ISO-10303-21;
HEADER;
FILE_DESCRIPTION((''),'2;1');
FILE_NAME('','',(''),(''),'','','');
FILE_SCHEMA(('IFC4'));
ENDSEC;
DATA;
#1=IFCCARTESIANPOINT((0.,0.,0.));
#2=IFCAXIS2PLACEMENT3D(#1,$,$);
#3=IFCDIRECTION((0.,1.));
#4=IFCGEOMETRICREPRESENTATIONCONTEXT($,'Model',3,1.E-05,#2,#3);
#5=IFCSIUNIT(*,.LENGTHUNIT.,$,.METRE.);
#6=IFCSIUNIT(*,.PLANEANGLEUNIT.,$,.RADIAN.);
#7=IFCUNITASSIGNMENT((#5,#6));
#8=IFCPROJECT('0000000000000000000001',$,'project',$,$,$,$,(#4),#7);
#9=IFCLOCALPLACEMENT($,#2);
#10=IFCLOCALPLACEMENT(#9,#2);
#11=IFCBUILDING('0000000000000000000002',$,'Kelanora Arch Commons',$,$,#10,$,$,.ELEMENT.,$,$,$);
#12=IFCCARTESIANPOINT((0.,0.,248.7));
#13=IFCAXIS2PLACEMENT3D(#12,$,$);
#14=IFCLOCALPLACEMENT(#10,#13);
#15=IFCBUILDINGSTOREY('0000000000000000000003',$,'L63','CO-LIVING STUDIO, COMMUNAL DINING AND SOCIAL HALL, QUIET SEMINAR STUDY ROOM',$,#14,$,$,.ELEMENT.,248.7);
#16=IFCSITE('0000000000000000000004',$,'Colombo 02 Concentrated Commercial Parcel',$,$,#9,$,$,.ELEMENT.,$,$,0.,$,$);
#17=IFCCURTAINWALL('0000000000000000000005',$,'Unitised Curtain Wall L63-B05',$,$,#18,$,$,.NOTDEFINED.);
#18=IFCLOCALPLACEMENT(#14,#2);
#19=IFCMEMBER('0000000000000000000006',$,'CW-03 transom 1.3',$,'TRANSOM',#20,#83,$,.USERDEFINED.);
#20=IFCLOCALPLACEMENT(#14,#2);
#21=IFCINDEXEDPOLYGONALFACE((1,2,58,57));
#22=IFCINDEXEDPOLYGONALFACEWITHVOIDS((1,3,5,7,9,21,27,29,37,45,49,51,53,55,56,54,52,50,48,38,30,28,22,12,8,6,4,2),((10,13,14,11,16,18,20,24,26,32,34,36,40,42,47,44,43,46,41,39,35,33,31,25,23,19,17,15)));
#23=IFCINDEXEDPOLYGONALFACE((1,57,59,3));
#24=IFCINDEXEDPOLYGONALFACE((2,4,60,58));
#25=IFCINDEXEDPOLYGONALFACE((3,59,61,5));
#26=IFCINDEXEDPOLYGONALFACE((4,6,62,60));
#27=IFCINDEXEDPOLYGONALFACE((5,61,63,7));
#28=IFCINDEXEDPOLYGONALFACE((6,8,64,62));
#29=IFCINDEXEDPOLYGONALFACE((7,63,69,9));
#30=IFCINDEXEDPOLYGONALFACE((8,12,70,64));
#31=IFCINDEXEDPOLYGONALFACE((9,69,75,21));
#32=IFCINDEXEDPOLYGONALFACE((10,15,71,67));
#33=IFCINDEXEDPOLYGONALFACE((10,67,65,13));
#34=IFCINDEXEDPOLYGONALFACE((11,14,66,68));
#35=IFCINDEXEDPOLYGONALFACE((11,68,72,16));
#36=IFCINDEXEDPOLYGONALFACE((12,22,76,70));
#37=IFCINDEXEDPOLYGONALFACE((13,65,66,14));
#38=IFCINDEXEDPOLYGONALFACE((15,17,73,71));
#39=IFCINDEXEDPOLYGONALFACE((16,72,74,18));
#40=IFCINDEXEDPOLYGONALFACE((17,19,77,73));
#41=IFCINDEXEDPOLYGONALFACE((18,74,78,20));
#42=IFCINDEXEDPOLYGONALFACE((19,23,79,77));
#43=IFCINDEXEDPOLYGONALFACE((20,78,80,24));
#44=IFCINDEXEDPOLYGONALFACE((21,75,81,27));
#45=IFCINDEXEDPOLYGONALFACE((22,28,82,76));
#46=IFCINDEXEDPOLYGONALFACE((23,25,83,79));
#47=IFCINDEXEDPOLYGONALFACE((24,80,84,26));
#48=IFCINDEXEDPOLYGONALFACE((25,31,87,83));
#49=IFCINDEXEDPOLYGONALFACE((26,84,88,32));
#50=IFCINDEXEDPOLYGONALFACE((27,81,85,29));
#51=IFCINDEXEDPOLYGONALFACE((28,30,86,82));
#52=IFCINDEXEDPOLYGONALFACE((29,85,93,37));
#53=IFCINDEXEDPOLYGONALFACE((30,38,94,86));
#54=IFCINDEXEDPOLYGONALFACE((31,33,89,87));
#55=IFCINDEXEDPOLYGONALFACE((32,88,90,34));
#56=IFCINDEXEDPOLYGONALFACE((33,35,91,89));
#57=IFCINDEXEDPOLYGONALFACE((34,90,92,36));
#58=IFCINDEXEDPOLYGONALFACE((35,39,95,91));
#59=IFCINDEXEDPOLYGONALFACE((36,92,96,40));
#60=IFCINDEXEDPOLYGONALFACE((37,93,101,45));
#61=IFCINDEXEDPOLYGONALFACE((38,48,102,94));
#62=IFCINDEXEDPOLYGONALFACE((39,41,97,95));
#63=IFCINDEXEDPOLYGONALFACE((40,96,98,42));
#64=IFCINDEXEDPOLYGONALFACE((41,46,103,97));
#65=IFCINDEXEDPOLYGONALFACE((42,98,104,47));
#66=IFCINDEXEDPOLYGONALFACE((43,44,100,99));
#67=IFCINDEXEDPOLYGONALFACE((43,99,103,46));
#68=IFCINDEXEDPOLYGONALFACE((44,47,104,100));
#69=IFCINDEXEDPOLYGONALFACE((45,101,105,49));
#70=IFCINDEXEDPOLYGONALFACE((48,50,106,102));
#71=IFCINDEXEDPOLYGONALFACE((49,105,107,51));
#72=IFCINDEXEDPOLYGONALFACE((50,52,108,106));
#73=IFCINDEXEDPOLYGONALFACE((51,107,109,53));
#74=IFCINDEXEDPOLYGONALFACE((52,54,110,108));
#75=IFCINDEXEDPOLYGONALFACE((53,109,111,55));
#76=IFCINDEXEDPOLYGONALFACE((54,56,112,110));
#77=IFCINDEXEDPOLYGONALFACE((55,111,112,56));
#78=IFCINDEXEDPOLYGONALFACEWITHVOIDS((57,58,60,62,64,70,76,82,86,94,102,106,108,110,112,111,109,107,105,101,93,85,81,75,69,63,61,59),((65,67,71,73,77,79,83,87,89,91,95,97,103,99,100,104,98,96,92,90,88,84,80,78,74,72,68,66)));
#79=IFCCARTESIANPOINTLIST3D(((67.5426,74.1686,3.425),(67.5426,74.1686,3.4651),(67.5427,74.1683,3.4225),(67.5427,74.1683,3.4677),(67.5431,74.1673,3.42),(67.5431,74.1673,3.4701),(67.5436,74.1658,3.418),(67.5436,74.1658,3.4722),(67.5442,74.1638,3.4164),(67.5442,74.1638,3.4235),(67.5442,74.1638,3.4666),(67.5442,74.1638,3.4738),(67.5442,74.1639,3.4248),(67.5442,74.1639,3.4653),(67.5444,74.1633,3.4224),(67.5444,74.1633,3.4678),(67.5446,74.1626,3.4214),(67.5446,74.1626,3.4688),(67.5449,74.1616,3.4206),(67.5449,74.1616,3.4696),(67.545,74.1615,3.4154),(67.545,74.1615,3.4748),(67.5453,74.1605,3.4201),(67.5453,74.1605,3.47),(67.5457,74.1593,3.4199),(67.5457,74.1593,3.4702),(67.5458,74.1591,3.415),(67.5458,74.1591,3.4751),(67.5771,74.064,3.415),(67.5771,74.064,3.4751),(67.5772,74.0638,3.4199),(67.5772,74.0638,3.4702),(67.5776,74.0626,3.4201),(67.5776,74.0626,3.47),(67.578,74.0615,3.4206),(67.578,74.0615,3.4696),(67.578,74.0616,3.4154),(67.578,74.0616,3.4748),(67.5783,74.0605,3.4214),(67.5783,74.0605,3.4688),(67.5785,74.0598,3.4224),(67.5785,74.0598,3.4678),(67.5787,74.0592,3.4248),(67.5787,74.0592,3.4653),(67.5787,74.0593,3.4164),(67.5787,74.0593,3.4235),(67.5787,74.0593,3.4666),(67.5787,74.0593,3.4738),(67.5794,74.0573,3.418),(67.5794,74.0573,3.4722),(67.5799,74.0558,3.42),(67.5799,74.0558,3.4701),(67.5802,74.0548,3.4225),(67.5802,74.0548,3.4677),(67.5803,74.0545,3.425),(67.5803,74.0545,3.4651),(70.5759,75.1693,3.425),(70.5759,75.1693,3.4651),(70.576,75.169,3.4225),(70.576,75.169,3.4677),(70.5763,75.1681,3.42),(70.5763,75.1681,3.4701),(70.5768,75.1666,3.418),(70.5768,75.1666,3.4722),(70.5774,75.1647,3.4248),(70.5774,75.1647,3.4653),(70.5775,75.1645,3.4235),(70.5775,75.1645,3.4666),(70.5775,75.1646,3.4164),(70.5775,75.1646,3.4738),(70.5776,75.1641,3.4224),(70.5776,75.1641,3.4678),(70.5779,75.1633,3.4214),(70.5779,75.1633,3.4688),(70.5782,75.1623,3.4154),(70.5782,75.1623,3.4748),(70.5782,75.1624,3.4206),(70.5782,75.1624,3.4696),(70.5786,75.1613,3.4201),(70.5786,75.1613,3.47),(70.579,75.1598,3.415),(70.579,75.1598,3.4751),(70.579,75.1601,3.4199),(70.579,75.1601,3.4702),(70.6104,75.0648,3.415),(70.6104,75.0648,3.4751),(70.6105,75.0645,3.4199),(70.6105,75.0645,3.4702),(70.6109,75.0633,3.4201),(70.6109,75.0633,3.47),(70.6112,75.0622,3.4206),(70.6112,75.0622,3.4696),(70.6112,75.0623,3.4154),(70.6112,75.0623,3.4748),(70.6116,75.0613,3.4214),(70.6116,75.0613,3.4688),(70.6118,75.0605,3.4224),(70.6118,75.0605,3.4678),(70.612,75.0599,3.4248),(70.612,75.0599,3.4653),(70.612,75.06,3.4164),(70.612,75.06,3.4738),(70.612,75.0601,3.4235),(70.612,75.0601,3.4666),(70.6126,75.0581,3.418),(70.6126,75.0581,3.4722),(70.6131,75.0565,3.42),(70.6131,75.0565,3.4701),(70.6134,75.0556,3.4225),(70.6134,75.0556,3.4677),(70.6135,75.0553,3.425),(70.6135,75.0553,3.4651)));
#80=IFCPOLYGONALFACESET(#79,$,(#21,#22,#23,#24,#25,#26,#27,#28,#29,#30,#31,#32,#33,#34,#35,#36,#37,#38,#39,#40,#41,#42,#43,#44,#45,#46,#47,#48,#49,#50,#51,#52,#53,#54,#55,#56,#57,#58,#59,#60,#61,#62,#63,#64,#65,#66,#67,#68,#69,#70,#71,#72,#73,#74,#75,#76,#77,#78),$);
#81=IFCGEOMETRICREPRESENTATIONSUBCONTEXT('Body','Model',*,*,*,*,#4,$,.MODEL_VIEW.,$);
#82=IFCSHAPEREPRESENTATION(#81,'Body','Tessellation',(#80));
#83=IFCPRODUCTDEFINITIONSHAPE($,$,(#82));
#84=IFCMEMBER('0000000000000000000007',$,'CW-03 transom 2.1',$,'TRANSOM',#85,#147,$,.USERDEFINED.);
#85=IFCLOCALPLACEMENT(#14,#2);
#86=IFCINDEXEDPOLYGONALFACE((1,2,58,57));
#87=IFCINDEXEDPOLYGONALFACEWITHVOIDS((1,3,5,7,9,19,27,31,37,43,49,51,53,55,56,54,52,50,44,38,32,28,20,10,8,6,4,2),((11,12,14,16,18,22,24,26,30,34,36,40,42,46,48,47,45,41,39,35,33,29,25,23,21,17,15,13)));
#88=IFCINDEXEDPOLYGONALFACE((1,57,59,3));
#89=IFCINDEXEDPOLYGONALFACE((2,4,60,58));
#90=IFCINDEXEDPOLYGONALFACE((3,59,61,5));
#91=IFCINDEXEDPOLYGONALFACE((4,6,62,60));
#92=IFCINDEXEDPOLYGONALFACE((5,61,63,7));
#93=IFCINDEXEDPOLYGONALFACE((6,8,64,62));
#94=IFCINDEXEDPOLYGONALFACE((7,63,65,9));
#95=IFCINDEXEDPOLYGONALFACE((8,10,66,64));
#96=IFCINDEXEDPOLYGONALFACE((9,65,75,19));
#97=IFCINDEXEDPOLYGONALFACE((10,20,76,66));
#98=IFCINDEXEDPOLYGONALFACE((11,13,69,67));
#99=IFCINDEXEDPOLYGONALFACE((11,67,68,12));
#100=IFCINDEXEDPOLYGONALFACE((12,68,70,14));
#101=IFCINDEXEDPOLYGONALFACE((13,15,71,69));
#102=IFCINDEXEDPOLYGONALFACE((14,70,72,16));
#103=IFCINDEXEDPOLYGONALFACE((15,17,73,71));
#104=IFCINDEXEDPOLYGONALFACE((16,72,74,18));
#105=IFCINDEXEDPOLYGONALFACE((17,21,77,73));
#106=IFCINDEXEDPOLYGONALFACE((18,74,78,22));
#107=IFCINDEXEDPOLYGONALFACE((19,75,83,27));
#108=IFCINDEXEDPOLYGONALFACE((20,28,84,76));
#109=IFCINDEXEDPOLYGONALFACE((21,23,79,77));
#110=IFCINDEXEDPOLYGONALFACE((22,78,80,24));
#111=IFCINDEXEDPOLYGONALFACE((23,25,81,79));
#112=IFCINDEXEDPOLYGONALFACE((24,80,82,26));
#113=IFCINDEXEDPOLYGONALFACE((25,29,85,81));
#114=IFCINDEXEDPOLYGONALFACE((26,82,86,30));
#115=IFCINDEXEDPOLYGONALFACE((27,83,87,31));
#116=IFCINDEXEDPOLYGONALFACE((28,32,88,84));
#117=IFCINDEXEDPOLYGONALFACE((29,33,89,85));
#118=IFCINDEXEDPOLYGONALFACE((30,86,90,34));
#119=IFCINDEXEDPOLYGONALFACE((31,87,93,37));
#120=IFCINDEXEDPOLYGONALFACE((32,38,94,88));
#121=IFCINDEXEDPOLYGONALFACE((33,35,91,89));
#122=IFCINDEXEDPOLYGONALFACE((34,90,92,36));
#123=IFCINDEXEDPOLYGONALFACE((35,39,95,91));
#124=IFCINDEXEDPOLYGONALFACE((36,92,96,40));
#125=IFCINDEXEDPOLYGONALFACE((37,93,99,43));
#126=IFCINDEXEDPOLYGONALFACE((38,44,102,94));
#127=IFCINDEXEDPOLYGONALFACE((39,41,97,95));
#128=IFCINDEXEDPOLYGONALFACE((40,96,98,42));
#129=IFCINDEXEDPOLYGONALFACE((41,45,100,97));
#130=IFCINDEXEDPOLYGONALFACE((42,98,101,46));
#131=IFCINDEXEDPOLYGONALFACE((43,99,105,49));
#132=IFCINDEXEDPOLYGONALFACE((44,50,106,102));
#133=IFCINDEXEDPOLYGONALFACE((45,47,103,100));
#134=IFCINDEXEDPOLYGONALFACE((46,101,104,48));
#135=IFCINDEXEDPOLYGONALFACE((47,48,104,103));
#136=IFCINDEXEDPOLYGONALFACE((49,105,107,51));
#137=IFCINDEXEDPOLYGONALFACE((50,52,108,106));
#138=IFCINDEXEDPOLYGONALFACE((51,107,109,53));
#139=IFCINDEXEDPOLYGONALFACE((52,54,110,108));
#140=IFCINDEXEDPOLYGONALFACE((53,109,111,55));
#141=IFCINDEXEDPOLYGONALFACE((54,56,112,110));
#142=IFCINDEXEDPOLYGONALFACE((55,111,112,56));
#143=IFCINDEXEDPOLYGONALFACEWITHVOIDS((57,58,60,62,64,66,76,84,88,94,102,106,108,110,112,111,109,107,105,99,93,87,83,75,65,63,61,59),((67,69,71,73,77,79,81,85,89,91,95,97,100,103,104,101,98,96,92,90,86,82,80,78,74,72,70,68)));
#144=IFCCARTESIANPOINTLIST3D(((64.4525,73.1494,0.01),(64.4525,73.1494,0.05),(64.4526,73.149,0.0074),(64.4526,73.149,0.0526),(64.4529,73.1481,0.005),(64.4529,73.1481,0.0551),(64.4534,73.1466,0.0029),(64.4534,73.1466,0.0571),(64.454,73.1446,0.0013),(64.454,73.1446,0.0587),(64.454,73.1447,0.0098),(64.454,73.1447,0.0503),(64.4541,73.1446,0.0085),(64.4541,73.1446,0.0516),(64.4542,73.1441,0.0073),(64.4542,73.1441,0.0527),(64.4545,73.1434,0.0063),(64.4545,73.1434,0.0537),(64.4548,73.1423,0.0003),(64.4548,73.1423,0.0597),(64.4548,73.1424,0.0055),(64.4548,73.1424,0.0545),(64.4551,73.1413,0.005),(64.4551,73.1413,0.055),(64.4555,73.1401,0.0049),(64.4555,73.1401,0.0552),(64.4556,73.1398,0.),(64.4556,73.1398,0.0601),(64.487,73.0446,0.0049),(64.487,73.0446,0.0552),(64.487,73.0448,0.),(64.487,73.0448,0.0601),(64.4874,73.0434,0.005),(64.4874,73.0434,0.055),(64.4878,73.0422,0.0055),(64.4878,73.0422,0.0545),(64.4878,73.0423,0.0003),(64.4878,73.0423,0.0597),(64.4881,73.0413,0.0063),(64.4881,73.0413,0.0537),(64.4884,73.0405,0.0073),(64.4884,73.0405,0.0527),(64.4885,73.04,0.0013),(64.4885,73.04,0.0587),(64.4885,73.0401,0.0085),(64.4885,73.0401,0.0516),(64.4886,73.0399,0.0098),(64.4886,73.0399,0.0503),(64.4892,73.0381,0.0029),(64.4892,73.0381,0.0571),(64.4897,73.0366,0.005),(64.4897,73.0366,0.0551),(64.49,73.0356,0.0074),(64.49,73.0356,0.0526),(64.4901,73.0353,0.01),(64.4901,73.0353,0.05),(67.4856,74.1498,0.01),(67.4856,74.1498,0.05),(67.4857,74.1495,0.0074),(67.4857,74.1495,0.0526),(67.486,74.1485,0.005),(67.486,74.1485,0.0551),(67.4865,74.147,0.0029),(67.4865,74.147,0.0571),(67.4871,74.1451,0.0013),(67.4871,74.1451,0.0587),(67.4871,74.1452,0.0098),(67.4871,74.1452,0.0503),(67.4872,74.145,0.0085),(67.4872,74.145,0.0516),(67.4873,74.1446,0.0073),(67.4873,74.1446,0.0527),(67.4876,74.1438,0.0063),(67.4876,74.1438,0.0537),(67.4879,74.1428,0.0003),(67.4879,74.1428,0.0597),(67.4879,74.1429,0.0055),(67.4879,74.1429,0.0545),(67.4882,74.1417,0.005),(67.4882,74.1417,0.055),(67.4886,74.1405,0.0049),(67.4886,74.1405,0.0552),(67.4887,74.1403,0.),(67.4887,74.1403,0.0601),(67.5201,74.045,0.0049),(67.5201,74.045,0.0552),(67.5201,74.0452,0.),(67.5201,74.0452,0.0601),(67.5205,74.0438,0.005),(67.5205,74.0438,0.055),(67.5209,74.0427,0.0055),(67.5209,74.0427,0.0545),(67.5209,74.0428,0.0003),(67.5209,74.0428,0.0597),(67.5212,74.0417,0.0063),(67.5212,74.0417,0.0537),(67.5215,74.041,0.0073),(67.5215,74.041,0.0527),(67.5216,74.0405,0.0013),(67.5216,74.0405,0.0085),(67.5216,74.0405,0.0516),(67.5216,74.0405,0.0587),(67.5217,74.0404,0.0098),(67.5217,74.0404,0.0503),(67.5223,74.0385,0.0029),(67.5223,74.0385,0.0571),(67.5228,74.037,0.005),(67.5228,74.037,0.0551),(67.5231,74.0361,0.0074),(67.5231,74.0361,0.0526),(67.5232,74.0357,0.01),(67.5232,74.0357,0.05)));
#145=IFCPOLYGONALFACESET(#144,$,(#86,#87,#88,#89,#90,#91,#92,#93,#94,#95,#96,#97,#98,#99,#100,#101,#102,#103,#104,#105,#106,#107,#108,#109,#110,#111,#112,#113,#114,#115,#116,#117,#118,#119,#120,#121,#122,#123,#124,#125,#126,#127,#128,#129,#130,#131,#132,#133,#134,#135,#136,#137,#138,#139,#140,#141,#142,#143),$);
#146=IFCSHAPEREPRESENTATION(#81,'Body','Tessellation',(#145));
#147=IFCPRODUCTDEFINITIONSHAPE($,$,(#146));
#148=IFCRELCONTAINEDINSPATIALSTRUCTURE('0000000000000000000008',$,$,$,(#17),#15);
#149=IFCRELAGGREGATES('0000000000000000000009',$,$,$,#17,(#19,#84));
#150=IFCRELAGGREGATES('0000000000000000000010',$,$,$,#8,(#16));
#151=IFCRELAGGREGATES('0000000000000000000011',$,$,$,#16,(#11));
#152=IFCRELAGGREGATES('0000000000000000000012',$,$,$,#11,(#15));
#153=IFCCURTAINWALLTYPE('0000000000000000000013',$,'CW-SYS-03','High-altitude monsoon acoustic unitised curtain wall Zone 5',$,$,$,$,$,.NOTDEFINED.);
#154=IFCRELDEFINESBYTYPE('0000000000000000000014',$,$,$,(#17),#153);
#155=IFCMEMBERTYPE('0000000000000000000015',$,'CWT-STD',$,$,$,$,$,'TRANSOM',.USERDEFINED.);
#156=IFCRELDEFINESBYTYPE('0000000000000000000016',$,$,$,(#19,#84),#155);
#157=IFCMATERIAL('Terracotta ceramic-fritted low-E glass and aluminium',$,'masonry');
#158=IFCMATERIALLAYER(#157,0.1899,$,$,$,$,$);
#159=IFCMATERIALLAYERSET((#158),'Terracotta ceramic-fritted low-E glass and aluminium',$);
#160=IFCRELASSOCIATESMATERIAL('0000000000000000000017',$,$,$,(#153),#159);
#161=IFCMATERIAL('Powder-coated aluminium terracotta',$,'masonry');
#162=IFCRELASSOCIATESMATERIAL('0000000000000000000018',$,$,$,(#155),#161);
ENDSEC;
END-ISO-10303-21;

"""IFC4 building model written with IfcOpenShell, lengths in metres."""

from ifc_helpers import new_model, si_unit, direction, frame, origin, origin_2d, place, context, subcontext, project, spatial, hollow_rectangle, extrude, material, layer, layer_set, material_profile, profile_set, type_object, element, aggregate, save


model = new_model("IFC4")

# Units and contexts
model_context = context("Model", 3, precision=1e-05, world=origin(), true_north=direction((0.0, 1.0)))
body_context = subcontext(model_context, "Body", "Model", "MODEL_VIEW")
ifc_project = project(units=[si_unit("LENGTHUNIT", "METRE"), si_unit("PLANEANGLEUNIT", "RADIAN")], contexts=[model_context])

# Site, building, storey
site_placement = place(None, origin())
site = spatial("IfcSite", under=ifc_project, at=site_placement, Name="Colombo 02 Concentrated Commercial Parcel", CompositionType="ELEMENT", RefElevation=0.0)
building_placement = place(site_placement, origin())
building = spatial("IfcBuilding", under=site, at=building_placement, Name="Kelanora Arch Commons", CompositionType="ELEMENT")
storey_placement = place(building_placement, frame((0.0, 0.0, 248.7)))
storey = spatial("IfcBuildingStorey", under=building, at=storey_placement, Name="L63", Description="CO-LIVING STUDIO, COMMUNAL DINING AND SOCIAL HALL, QUIET SEMINAR STUDY ROOM", CompositionType="ELEMENT", Elevation=248.7)

# Curtain wall, members
ifc_material_1 = material(Name="Terracotta ceramic-fritted low-E glass and aluminium", Category="masonry")
ifc_layer_1 = layer(ifc_material_1, 0.1899)
ifc_layer_set_1 = layer_set([ifc_layer_1], Name="Terracotta ceramic-fritted low-E glass and aluminium")
curtain_wall_type = type_object("IfcCurtainWallType", Name="CW-SYS-03", Description="High-altitude monsoon acoustic unitised curtain wall Zone 5", PredefinedType="NOTDEFINED", material=ifc_layer_set_1)
curtain_wall_placement = place(storey_placement, origin())
curtain_wall = element("IfcCurtainWall", 1, at=curtain_wall_placement, inside=storey, type_object=curtain_wall_type, Name="Unitised Curtain Wall L63-B05", PredefinedType="NOTDEFINED")
ifc_material_2 = material(Name="Powder-coated aluminium terracotta", Category="masonry")
ifc_material_profile_1 = material_profile(ifc_material_2, hollow_rectangle(XDim=0.1201, YDim=0.0601, WallThickness=0.0049, InnerFilletRadius=0.0049, OuterFilletRadius=0.01, at=origin_2d()), Name="CWT120x60")
ifc_profile_set_1 = profile_set([ifc_material_profile_1], Name="Powder-coated aluminium terracotta")
member_type_1 = type_object("IfcMemberType", Name="CWT-STD", ElementType="TRANSOM", PredefinedType="USERDEFINED", material=ifc_profile_set_1)
member_1_placement = place(storey_placement, frame((70.5947, 75.1123, 3.4451), z_axis=(-0.94965, -0.313314, 0.0), x_axis=(0.313314, -0.94965, 0.0)))
member_1 = element("IfcMember", 2, at=member_1_placement, type_object=member_type_1, Name="CW-03 transom 1.3", ObjectType="TRANSOM", PredefinedType="USERDEFINED", context=body_context, shape_type="SweptSolid", body=[
    extrude(hollow_rectangle(XDim=0.1201, YDim=0.0601, WallThickness=0.0049, InnerFilletRadius=0.0049, OuterFilletRadius=0.01, at=origin_2d()), origin(), (0.0, 0.0, 1.0), 3.1941),
])
member_2_placement = place(storey_placement, frame((67.5044, 74.0928, 0.03), z_axis=(-0.949672, -0.313245, 0.0), x_axis=(0.313245, -0.949672, 0.0)))
member_2 = element("IfcMember", 3, at=member_2_placement, type_object=member_type_1, Name="CW-03 transom 2.1", ObjectType="TRANSOM", PredefinedType="USERDEFINED", context=body_context, shape_type="SweptSolid", body=[
    extrude(hollow_rectangle(XDim=0.1201, YDim=0.0601, WallThickness=0.0049, InnerFilletRadius=0.0049, OuterFilletRadius=0.01, at=origin_2d()), origin(), (0.0, 0.0, 1.0), 3.1938),
])
aggregate(curtain_wall, [member_1, member_2])

save(model, "model.ifc")
